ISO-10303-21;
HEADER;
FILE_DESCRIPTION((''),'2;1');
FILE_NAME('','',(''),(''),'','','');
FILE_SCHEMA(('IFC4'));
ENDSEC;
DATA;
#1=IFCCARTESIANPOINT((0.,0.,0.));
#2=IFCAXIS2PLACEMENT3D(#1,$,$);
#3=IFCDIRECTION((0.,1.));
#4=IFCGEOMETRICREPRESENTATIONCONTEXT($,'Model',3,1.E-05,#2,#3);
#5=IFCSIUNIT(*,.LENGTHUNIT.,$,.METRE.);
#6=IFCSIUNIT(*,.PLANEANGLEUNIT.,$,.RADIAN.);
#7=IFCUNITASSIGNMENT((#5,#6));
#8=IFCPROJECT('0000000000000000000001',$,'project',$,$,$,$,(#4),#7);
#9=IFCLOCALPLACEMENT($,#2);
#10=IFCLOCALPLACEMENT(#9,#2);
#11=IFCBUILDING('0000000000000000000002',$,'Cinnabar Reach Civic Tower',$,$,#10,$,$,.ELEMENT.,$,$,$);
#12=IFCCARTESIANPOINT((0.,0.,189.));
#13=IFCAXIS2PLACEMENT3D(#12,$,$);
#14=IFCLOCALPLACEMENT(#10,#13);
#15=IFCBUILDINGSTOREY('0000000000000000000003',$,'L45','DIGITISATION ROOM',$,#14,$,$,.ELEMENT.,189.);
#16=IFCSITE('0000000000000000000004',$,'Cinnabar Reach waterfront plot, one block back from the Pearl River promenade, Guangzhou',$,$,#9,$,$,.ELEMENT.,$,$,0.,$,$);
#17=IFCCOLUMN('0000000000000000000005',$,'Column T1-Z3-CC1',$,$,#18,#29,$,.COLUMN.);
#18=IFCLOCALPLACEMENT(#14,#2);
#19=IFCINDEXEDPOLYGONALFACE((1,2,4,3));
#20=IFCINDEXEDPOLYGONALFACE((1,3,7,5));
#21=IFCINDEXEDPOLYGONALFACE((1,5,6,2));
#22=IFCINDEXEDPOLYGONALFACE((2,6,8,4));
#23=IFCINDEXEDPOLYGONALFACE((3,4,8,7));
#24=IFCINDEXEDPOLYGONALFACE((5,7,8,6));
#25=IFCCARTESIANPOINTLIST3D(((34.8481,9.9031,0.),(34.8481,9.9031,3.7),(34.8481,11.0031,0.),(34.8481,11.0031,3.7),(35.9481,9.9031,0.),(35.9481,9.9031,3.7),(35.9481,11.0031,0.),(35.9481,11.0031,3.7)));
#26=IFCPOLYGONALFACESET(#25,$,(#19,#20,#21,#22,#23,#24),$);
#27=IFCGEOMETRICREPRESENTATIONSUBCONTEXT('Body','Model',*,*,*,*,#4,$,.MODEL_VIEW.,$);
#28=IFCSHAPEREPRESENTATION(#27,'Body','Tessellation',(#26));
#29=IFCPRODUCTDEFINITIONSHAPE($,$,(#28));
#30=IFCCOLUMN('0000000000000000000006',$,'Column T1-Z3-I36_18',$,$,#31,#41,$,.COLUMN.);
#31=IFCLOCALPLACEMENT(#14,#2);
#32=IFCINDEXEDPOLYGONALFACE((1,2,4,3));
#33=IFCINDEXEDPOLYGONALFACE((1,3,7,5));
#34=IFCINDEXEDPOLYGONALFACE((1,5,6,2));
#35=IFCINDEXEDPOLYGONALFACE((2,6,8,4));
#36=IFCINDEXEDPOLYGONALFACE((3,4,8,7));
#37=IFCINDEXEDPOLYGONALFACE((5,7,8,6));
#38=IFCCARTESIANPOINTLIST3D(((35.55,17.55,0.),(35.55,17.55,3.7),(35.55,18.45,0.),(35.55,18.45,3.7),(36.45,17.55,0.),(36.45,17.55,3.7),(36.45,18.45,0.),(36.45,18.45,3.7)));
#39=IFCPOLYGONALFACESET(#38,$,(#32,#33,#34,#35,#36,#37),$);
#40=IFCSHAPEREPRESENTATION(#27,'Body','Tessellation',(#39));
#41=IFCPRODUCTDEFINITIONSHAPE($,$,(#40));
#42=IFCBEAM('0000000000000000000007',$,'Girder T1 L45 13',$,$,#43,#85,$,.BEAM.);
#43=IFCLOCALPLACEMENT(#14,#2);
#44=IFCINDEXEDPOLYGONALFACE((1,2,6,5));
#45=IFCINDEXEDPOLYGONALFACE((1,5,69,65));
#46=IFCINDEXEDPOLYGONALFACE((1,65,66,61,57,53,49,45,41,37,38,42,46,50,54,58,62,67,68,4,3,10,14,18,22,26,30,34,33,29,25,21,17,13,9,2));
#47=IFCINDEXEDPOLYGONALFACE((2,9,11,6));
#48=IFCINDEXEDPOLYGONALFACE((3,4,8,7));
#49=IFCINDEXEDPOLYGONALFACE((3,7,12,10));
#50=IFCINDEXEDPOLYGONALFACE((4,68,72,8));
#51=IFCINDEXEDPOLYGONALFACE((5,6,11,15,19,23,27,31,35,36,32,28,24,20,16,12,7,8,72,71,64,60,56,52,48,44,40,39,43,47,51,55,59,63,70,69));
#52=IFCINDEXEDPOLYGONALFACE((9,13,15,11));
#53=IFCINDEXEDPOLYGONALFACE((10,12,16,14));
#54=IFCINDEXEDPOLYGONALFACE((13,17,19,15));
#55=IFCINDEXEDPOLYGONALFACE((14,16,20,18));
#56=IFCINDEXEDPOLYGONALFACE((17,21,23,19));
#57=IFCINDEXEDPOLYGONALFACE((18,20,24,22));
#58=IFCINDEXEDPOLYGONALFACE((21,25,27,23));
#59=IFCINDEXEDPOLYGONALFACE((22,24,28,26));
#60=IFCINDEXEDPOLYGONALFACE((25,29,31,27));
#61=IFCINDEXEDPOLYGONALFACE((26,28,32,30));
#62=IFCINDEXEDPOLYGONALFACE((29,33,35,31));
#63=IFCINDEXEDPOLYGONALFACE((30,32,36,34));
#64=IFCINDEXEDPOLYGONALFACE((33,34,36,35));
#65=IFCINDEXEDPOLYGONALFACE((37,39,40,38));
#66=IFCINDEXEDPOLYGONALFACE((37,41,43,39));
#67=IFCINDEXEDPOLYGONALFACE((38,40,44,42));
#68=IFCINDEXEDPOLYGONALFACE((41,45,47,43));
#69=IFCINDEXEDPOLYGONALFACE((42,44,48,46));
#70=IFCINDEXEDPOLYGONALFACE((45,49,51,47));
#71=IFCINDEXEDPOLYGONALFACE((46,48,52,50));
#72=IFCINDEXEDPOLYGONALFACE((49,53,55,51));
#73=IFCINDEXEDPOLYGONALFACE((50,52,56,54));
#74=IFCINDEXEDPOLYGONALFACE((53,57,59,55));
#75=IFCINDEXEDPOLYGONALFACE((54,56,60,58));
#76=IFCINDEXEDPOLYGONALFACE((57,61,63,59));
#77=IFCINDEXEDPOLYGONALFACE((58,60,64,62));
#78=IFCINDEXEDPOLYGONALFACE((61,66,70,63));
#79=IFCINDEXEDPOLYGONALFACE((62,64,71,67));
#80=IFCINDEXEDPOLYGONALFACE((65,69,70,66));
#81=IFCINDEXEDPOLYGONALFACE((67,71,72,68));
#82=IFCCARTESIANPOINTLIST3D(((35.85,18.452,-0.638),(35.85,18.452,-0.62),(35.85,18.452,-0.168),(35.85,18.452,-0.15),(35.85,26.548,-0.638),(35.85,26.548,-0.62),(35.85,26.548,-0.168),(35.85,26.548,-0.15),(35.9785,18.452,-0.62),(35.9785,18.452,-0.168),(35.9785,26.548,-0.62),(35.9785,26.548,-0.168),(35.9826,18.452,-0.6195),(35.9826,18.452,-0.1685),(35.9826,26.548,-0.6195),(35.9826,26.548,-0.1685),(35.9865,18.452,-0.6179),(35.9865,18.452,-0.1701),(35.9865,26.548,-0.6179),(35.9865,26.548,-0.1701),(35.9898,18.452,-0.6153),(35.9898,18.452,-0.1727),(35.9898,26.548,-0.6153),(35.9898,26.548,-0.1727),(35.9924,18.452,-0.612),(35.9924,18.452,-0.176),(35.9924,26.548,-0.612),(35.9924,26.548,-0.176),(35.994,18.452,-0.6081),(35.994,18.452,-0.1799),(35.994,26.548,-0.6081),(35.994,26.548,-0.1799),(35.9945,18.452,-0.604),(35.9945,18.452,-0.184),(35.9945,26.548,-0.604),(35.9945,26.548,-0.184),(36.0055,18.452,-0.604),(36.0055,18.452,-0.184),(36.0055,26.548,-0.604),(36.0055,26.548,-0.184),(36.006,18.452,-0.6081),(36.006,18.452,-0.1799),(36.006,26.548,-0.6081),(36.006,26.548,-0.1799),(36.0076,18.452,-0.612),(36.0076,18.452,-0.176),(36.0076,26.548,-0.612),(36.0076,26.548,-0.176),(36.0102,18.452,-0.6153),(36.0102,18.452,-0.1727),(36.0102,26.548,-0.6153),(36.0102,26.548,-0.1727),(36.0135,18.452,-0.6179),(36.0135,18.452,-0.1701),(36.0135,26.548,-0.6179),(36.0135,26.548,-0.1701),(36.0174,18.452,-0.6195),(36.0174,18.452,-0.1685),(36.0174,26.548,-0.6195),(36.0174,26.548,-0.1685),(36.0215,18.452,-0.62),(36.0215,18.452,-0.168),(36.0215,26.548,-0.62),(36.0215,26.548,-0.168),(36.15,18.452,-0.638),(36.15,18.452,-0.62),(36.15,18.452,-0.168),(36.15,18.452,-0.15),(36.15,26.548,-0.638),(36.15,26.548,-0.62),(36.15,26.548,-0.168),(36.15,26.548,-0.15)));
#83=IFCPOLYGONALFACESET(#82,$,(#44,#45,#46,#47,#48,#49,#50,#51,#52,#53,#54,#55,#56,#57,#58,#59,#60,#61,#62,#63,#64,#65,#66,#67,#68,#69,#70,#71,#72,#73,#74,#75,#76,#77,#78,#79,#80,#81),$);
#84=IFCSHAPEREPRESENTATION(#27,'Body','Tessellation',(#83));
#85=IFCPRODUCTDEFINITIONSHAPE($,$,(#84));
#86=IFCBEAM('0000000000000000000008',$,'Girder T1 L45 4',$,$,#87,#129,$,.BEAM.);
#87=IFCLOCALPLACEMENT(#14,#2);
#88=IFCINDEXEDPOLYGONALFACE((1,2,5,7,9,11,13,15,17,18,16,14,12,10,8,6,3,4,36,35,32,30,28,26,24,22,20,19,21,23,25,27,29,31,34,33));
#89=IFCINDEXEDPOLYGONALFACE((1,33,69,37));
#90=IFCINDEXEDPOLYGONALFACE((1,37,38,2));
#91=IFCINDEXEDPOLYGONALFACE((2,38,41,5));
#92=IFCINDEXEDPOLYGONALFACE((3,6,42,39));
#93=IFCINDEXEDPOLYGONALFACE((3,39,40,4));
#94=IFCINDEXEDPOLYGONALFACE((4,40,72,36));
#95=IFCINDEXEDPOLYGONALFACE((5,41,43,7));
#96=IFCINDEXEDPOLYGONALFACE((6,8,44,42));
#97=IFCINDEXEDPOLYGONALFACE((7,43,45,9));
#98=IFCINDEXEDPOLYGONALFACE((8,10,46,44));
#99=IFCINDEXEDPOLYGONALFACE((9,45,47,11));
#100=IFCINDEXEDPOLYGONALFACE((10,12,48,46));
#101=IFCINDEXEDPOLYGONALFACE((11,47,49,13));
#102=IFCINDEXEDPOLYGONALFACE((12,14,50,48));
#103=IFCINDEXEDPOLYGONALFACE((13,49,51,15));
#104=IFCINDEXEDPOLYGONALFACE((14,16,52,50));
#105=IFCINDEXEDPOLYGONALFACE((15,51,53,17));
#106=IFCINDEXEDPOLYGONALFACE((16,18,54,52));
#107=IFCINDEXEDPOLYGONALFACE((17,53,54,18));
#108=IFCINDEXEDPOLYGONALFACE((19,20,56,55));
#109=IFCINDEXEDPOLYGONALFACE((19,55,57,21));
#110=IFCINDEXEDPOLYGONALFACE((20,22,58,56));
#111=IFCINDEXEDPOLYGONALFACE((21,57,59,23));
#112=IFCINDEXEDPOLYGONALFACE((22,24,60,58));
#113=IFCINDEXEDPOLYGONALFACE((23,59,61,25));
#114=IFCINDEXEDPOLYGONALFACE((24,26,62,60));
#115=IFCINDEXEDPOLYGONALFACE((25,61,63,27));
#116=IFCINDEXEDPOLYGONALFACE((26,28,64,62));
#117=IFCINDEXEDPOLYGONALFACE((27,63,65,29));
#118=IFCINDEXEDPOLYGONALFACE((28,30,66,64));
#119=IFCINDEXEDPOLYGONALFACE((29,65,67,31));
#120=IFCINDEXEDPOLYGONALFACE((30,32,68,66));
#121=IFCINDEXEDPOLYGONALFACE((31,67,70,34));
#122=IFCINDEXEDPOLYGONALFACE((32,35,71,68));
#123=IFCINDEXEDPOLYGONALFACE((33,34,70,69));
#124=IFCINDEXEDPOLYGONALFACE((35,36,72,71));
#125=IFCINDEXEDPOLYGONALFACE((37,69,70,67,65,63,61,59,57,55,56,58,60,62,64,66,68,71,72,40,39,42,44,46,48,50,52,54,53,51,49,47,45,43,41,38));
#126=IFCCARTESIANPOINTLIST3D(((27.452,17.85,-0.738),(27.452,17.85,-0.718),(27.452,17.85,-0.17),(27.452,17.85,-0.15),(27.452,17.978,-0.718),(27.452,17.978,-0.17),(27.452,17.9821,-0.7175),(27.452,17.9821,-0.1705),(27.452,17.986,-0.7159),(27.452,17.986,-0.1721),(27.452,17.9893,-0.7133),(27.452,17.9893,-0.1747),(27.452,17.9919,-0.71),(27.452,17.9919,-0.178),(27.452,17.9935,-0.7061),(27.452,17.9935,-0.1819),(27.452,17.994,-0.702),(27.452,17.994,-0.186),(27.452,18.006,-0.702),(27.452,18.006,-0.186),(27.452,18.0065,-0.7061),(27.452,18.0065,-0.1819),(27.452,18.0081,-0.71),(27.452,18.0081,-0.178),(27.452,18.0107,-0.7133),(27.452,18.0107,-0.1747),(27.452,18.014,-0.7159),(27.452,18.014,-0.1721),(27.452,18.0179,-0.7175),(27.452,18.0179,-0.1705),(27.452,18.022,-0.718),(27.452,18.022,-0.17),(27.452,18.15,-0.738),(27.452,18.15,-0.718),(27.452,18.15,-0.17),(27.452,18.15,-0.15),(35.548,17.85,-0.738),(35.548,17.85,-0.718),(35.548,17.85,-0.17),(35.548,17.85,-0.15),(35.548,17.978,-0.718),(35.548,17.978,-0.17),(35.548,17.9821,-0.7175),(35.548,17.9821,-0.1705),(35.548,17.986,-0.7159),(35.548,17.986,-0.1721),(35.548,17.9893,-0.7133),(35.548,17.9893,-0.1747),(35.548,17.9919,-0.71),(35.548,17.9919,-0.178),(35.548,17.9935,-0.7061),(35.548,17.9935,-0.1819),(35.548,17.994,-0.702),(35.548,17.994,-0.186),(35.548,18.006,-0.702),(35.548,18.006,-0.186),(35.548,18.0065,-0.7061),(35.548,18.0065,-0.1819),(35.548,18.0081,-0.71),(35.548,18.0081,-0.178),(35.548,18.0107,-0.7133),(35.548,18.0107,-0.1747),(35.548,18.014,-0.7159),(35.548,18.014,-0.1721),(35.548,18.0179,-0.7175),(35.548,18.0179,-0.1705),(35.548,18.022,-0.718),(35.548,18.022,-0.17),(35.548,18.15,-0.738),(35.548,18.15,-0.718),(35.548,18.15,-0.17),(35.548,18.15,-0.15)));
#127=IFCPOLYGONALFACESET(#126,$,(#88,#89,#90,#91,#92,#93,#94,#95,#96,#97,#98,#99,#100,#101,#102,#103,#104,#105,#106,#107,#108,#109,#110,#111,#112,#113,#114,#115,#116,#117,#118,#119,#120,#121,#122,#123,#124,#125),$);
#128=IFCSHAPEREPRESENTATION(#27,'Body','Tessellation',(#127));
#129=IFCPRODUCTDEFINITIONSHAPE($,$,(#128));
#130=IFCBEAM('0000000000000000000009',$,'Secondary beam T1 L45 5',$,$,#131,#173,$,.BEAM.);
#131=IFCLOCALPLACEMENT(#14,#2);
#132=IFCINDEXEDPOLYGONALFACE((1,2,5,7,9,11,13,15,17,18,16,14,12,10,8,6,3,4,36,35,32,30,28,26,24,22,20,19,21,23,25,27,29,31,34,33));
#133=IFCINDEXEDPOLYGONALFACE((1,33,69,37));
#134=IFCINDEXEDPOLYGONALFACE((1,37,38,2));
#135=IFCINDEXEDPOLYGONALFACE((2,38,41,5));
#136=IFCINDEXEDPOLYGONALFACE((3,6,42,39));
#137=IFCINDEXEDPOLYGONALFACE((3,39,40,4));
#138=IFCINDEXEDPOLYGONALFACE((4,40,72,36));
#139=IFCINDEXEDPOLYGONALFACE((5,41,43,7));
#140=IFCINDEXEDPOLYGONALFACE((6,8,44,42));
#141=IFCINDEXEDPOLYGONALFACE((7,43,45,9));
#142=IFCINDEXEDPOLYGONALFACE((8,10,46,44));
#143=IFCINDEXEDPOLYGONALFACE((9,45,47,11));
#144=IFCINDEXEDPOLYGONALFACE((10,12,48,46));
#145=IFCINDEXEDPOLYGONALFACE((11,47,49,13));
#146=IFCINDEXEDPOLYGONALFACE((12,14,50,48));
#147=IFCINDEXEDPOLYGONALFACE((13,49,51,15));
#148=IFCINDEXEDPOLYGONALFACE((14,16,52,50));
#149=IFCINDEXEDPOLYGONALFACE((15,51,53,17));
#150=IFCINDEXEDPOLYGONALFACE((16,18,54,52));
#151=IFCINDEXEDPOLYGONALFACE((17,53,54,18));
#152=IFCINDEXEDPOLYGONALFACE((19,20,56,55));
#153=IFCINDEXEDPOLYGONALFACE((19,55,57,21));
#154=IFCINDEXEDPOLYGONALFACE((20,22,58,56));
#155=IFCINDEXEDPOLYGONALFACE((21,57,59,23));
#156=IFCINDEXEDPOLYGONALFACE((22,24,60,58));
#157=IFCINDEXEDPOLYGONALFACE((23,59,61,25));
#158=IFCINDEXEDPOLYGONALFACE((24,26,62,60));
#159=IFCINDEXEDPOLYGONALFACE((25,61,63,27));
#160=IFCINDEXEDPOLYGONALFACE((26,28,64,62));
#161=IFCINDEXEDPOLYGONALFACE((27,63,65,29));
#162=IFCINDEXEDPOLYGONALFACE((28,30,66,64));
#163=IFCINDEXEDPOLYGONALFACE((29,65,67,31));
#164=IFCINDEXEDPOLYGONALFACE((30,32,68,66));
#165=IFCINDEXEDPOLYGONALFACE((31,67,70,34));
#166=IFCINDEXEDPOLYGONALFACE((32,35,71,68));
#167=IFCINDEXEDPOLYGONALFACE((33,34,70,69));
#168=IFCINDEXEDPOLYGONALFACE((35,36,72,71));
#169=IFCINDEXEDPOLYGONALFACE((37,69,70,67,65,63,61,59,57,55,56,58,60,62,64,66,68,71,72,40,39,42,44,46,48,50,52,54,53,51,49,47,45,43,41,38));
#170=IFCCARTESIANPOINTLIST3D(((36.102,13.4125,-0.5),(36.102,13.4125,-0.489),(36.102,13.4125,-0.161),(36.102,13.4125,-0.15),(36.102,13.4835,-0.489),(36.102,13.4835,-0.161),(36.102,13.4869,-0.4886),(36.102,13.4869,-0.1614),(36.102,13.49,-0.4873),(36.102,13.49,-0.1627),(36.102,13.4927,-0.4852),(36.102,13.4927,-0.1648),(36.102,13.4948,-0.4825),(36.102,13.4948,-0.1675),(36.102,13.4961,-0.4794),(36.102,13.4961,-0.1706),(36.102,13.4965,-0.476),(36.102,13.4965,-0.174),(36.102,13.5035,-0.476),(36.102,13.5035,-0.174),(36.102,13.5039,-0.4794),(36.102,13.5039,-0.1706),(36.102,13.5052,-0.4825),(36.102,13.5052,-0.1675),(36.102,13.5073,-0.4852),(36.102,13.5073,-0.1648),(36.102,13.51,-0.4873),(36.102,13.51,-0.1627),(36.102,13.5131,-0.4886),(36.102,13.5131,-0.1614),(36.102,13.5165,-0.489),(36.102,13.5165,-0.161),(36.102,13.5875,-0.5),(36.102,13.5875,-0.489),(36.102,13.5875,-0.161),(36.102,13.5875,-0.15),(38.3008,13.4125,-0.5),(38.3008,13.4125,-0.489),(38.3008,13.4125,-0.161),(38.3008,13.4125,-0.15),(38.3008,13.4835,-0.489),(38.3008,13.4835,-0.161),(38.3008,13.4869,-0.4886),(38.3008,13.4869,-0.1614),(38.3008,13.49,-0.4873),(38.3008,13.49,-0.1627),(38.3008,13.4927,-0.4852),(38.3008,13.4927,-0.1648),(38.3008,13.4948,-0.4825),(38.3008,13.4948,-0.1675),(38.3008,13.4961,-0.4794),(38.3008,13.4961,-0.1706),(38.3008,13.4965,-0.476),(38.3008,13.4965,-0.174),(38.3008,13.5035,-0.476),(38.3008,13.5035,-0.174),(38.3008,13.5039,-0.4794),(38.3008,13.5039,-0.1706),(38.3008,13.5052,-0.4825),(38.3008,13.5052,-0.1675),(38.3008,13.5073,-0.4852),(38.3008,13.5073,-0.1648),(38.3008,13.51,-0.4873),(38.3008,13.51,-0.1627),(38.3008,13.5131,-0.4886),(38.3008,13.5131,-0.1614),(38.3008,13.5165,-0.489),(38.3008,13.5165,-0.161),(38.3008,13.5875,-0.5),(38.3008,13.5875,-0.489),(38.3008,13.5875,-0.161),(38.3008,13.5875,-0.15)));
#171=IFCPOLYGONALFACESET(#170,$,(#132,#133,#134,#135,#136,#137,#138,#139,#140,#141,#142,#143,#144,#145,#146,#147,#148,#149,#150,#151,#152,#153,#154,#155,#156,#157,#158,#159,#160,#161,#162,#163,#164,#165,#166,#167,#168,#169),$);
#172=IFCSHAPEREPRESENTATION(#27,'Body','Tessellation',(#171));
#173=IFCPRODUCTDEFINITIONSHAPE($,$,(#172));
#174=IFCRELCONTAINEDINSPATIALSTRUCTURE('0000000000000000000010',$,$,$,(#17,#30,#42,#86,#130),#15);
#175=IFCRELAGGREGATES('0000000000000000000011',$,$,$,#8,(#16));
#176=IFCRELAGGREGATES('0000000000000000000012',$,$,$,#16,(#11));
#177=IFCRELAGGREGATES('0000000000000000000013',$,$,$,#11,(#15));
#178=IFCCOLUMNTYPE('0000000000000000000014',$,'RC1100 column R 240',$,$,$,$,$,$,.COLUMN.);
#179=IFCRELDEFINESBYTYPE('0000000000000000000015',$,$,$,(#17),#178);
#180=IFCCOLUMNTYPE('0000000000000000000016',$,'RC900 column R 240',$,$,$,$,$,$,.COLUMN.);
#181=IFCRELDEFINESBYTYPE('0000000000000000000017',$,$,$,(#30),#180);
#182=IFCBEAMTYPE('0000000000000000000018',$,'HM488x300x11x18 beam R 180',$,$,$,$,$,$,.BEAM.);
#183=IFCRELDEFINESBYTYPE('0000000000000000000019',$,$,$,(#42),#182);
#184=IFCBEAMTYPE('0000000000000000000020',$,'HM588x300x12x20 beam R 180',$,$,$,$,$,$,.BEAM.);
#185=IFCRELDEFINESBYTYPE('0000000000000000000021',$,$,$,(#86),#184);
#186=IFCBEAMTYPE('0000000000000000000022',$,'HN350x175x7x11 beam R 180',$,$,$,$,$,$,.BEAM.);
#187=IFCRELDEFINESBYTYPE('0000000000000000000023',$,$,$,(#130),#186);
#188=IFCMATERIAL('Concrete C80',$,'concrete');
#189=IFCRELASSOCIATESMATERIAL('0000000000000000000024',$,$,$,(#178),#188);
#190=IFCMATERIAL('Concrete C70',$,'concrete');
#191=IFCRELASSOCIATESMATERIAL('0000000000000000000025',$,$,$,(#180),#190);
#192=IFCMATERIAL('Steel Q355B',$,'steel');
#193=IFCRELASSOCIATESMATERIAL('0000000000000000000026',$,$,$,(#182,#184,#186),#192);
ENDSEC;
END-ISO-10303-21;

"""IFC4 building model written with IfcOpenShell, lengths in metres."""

from ifc_helpers import new_model, si_unit, direction, frame, origin, origin_2d, place, context, subcontext, project, spatial, rectangle, i_section, extrude, material, material_profile, profile_set, type_object, element, save


model = new_model("IFC4")

# Units and contexts
model_context = context("Model", 3, precision=1e-05, world=origin(), true_north=direction((0.0, 1.0)))
body_context = subcontext(model_context, "Body", "Model", "MODEL_VIEW")
ifc_project = project(units=[si_unit("LENGTHUNIT", "METRE"), si_unit("PLANEANGLEUNIT", "RADIAN")], contexts=[model_context])

# Site, building, storey
site_placement = place(None, origin())
site = spatial("IfcSite", under=ifc_project, at=site_placement, Name="Cinnabar Reach waterfront plot, one block back from the Pearl River promenade, Guangzhou", CompositionType="ELEMENT", RefElevation=0.0)
building_placement = place(site_placement, origin())
building = spatial("IfcBuilding", under=site, at=building_placement, Name="Cinnabar Reach Civic Tower", CompositionType="ELEMENT")
storey_placement = place(building_placement, frame((0.0, 0.0, 189.0)))
storey = spatial("IfcBuildingStorey", under=building, at=storey_placement, Name="L45", Description="DIGITISATION ROOM", CompositionType="ELEMENT", Elevation=189.0)

# Columns
ifc_material_1 = material(Name="Concrete C80", Category="concrete")
ifc_material_profile_1 = material_profile(ifc_material_1, rectangle(XDim=1.1, YDim=1.1, at=origin_2d()), Name="RC1100")
ifc_profile_set_1 = profile_set([ifc_material_profile_1], Name="Concrete C80")
column_type_1 = type_object("IfcColumnType", Name="RC1100 column R 240", PredefinedType="COLUMN", material=ifc_profile_set_1)
column_1_placement = place(storey_placement, frame((35.3981, 10.4531, 0.0), z_axis=(0.0, 0.0, 1.0), x_axis=(1.0, 0.0, 0.0)))
element("IfcColumn", 1, at=column_1_placement, inside=storey, type_object=column_type_1, Name="Column T1-Z3-CC1", PredefinedType="COLUMN", context=body_context, shape_type="SweptSolid", body=[
    extrude(rectangle(XDim=1.1, YDim=1.1, at=origin_2d()), origin(), (0.0, 0.0, 1.0), 3.7),
])
ifc_material_2 = material(Name="Concrete C70", Category="concrete")
ifc_material_profile_2 = material_profile(ifc_material_2, rectangle(XDim=0.9, YDim=0.9, at=origin_2d()), Name="RC900")
ifc_profile_set_2 = profile_set([ifc_material_profile_2], Name="Concrete C70")
column_type_2 = type_object("IfcColumnType", Name="RC900 column R 240", PredefinedType="COLUMN", material=ifc_profile_set_2)
column_2_placement = place(storey_placement, frame((36.0, 18.0, 0.0), z_axis=(0.0, 0.0, 1.0), x_axis=(1.0, 0.0, 0.0)))
element("IfcColumn", 2, at=column_2_placement, inside=storey, type_object=column_type_2, Name="Column T1-Z3-I36_18", PredefinedType="COLUMN", context=body_context, shape_type="SweptSolid", body=[
    extrude(rectangle(XDim=0.9, YDim=0.9, at=origin_2d()), origin(), (0.0, 0.0, 1.0), 3.7),
])

# Beams
ifc_material_3 = material(Name="Steel Q355B", Category="steel")
ifc_material_profile_3 = material_profile(ifc_material_3, i_section(OverallWidth=0.3, OverallDepth=0.488, WebThickness=0.011, FlangeThickness=0.018, FilletRadius=0.016, at=origin_2d()), Name="HM488x300x11x18")
ifc_profile_set_3 = profile_set([ifc_material_profile_3], Name="Steel Q355B")
beam_type_1 = type_object("IfcBeamType", Name="HM488x300x11x18 beam R 180", PredefinedType="BEAM", material=ifc_profile_set_3)
beam_1_placement = place(storey_placement, frame((36.0, 18.452, -0.394), z_axis=(0.0, 1.0, 0.0), x_axis=(-1.0, 0.0, 0.0)))
element("IfcBeam", 3, at=beam_1_placement, inside=storey, type_object=beam_type_1, Name="Girder T1 L45 13", PredefinedType="BEAM", context=body_context, shape_type="SweptSolid", body=[
    extrude(i_section(OverallWidth=0.3, OverallDepth=0.488, WebThickness=0.011, FlangeThickness=0.018, FilletRadius=0.016, at=origin_2d()), origin(), (0.0, 0.0, 1.0), 8.096),
])
ifc_material_profile_4 = material_profile(ifc_material_3, i_section(OverallWidth=0.3, OverallDepth=0.588, WebThickness=0.012, FlangeThickness=0.02, FilletRadius=0.016, at=origin_2d()), Name="HM588x300x12x20")
ifc_profile_set_4 = profile_set([ifc_material_profile_4], Name="Steel Q355B")
beam_type_2 = type_object("IfcBeamType", Name="HM588x300x12x20 beam R 180", PredefinedType="BEAM", material=ifc_profile_set_4)
beam_2_placement = place(storey_placement, frame((27.452, 18.0, -0.444), z_axis=(1.0, 0.0, 0.0), x_axis=(0.0, 1.0, 0.0)))
element("IfcBeam", 4, at=beam_2_placement, inside=storey, type_object=beam_type_2, Name="Girder T1 L45 4", PredefinedType="BEAM", context=body_context, shape_type="SweptSolid", body=[
    extrude(i_section(OverallWidth=0.3, OverallDepth=0.588, WebThickness=0.012, FlangeThickness=0.02, FilletRadius=0.016, at=origin_2d()), origin(), (0.0, 0.0, 1.0), 8.096),
])
ifc_material_profile_5 = material_profile(ifc_material_3, i_section(OverallWidth=0.175, OverallDepth=0.35, WebThickness=0.007, FlangeThickness=0.011, FilletRadius=0.013, at=origin_2d()), Name="HN350x175x7x11")
ifc_profile_set_5 = profile_set([ifc_material_profile_5], Name="Steel Q355B")
beam_type_3 = type_object("IfcBeamType", Name="HN350x175x7x11 beam R 180", PredefinedType="BEAM", material=ifc_profile_set_5)
beam_3_placement = place(storey_placement, frame((36.102, 13.5, -0.325), z_axis=(1.0, 0.0, 0.0), x_axis=(0.0, 1.0, 0.0)))
element("IfcBeam", 5, at=beam_3_placement, inside=storey, type_object=beam_type_3, Name="Secondary beam T1 L45 5", PredefinedType="BEAM", context=body_context, shape_type="SweptSolid", body=[
    extrude(i_section(OverallWidth=0.175, OverallDepth=0.35, WebThickness=0.007, FlangeThickness=0.011, FilletRadius=0.013, at=origin_2d()), origin(), (0.0, 0.0, 1.0), 2.1988),
])

save(model, "model.ifc")
